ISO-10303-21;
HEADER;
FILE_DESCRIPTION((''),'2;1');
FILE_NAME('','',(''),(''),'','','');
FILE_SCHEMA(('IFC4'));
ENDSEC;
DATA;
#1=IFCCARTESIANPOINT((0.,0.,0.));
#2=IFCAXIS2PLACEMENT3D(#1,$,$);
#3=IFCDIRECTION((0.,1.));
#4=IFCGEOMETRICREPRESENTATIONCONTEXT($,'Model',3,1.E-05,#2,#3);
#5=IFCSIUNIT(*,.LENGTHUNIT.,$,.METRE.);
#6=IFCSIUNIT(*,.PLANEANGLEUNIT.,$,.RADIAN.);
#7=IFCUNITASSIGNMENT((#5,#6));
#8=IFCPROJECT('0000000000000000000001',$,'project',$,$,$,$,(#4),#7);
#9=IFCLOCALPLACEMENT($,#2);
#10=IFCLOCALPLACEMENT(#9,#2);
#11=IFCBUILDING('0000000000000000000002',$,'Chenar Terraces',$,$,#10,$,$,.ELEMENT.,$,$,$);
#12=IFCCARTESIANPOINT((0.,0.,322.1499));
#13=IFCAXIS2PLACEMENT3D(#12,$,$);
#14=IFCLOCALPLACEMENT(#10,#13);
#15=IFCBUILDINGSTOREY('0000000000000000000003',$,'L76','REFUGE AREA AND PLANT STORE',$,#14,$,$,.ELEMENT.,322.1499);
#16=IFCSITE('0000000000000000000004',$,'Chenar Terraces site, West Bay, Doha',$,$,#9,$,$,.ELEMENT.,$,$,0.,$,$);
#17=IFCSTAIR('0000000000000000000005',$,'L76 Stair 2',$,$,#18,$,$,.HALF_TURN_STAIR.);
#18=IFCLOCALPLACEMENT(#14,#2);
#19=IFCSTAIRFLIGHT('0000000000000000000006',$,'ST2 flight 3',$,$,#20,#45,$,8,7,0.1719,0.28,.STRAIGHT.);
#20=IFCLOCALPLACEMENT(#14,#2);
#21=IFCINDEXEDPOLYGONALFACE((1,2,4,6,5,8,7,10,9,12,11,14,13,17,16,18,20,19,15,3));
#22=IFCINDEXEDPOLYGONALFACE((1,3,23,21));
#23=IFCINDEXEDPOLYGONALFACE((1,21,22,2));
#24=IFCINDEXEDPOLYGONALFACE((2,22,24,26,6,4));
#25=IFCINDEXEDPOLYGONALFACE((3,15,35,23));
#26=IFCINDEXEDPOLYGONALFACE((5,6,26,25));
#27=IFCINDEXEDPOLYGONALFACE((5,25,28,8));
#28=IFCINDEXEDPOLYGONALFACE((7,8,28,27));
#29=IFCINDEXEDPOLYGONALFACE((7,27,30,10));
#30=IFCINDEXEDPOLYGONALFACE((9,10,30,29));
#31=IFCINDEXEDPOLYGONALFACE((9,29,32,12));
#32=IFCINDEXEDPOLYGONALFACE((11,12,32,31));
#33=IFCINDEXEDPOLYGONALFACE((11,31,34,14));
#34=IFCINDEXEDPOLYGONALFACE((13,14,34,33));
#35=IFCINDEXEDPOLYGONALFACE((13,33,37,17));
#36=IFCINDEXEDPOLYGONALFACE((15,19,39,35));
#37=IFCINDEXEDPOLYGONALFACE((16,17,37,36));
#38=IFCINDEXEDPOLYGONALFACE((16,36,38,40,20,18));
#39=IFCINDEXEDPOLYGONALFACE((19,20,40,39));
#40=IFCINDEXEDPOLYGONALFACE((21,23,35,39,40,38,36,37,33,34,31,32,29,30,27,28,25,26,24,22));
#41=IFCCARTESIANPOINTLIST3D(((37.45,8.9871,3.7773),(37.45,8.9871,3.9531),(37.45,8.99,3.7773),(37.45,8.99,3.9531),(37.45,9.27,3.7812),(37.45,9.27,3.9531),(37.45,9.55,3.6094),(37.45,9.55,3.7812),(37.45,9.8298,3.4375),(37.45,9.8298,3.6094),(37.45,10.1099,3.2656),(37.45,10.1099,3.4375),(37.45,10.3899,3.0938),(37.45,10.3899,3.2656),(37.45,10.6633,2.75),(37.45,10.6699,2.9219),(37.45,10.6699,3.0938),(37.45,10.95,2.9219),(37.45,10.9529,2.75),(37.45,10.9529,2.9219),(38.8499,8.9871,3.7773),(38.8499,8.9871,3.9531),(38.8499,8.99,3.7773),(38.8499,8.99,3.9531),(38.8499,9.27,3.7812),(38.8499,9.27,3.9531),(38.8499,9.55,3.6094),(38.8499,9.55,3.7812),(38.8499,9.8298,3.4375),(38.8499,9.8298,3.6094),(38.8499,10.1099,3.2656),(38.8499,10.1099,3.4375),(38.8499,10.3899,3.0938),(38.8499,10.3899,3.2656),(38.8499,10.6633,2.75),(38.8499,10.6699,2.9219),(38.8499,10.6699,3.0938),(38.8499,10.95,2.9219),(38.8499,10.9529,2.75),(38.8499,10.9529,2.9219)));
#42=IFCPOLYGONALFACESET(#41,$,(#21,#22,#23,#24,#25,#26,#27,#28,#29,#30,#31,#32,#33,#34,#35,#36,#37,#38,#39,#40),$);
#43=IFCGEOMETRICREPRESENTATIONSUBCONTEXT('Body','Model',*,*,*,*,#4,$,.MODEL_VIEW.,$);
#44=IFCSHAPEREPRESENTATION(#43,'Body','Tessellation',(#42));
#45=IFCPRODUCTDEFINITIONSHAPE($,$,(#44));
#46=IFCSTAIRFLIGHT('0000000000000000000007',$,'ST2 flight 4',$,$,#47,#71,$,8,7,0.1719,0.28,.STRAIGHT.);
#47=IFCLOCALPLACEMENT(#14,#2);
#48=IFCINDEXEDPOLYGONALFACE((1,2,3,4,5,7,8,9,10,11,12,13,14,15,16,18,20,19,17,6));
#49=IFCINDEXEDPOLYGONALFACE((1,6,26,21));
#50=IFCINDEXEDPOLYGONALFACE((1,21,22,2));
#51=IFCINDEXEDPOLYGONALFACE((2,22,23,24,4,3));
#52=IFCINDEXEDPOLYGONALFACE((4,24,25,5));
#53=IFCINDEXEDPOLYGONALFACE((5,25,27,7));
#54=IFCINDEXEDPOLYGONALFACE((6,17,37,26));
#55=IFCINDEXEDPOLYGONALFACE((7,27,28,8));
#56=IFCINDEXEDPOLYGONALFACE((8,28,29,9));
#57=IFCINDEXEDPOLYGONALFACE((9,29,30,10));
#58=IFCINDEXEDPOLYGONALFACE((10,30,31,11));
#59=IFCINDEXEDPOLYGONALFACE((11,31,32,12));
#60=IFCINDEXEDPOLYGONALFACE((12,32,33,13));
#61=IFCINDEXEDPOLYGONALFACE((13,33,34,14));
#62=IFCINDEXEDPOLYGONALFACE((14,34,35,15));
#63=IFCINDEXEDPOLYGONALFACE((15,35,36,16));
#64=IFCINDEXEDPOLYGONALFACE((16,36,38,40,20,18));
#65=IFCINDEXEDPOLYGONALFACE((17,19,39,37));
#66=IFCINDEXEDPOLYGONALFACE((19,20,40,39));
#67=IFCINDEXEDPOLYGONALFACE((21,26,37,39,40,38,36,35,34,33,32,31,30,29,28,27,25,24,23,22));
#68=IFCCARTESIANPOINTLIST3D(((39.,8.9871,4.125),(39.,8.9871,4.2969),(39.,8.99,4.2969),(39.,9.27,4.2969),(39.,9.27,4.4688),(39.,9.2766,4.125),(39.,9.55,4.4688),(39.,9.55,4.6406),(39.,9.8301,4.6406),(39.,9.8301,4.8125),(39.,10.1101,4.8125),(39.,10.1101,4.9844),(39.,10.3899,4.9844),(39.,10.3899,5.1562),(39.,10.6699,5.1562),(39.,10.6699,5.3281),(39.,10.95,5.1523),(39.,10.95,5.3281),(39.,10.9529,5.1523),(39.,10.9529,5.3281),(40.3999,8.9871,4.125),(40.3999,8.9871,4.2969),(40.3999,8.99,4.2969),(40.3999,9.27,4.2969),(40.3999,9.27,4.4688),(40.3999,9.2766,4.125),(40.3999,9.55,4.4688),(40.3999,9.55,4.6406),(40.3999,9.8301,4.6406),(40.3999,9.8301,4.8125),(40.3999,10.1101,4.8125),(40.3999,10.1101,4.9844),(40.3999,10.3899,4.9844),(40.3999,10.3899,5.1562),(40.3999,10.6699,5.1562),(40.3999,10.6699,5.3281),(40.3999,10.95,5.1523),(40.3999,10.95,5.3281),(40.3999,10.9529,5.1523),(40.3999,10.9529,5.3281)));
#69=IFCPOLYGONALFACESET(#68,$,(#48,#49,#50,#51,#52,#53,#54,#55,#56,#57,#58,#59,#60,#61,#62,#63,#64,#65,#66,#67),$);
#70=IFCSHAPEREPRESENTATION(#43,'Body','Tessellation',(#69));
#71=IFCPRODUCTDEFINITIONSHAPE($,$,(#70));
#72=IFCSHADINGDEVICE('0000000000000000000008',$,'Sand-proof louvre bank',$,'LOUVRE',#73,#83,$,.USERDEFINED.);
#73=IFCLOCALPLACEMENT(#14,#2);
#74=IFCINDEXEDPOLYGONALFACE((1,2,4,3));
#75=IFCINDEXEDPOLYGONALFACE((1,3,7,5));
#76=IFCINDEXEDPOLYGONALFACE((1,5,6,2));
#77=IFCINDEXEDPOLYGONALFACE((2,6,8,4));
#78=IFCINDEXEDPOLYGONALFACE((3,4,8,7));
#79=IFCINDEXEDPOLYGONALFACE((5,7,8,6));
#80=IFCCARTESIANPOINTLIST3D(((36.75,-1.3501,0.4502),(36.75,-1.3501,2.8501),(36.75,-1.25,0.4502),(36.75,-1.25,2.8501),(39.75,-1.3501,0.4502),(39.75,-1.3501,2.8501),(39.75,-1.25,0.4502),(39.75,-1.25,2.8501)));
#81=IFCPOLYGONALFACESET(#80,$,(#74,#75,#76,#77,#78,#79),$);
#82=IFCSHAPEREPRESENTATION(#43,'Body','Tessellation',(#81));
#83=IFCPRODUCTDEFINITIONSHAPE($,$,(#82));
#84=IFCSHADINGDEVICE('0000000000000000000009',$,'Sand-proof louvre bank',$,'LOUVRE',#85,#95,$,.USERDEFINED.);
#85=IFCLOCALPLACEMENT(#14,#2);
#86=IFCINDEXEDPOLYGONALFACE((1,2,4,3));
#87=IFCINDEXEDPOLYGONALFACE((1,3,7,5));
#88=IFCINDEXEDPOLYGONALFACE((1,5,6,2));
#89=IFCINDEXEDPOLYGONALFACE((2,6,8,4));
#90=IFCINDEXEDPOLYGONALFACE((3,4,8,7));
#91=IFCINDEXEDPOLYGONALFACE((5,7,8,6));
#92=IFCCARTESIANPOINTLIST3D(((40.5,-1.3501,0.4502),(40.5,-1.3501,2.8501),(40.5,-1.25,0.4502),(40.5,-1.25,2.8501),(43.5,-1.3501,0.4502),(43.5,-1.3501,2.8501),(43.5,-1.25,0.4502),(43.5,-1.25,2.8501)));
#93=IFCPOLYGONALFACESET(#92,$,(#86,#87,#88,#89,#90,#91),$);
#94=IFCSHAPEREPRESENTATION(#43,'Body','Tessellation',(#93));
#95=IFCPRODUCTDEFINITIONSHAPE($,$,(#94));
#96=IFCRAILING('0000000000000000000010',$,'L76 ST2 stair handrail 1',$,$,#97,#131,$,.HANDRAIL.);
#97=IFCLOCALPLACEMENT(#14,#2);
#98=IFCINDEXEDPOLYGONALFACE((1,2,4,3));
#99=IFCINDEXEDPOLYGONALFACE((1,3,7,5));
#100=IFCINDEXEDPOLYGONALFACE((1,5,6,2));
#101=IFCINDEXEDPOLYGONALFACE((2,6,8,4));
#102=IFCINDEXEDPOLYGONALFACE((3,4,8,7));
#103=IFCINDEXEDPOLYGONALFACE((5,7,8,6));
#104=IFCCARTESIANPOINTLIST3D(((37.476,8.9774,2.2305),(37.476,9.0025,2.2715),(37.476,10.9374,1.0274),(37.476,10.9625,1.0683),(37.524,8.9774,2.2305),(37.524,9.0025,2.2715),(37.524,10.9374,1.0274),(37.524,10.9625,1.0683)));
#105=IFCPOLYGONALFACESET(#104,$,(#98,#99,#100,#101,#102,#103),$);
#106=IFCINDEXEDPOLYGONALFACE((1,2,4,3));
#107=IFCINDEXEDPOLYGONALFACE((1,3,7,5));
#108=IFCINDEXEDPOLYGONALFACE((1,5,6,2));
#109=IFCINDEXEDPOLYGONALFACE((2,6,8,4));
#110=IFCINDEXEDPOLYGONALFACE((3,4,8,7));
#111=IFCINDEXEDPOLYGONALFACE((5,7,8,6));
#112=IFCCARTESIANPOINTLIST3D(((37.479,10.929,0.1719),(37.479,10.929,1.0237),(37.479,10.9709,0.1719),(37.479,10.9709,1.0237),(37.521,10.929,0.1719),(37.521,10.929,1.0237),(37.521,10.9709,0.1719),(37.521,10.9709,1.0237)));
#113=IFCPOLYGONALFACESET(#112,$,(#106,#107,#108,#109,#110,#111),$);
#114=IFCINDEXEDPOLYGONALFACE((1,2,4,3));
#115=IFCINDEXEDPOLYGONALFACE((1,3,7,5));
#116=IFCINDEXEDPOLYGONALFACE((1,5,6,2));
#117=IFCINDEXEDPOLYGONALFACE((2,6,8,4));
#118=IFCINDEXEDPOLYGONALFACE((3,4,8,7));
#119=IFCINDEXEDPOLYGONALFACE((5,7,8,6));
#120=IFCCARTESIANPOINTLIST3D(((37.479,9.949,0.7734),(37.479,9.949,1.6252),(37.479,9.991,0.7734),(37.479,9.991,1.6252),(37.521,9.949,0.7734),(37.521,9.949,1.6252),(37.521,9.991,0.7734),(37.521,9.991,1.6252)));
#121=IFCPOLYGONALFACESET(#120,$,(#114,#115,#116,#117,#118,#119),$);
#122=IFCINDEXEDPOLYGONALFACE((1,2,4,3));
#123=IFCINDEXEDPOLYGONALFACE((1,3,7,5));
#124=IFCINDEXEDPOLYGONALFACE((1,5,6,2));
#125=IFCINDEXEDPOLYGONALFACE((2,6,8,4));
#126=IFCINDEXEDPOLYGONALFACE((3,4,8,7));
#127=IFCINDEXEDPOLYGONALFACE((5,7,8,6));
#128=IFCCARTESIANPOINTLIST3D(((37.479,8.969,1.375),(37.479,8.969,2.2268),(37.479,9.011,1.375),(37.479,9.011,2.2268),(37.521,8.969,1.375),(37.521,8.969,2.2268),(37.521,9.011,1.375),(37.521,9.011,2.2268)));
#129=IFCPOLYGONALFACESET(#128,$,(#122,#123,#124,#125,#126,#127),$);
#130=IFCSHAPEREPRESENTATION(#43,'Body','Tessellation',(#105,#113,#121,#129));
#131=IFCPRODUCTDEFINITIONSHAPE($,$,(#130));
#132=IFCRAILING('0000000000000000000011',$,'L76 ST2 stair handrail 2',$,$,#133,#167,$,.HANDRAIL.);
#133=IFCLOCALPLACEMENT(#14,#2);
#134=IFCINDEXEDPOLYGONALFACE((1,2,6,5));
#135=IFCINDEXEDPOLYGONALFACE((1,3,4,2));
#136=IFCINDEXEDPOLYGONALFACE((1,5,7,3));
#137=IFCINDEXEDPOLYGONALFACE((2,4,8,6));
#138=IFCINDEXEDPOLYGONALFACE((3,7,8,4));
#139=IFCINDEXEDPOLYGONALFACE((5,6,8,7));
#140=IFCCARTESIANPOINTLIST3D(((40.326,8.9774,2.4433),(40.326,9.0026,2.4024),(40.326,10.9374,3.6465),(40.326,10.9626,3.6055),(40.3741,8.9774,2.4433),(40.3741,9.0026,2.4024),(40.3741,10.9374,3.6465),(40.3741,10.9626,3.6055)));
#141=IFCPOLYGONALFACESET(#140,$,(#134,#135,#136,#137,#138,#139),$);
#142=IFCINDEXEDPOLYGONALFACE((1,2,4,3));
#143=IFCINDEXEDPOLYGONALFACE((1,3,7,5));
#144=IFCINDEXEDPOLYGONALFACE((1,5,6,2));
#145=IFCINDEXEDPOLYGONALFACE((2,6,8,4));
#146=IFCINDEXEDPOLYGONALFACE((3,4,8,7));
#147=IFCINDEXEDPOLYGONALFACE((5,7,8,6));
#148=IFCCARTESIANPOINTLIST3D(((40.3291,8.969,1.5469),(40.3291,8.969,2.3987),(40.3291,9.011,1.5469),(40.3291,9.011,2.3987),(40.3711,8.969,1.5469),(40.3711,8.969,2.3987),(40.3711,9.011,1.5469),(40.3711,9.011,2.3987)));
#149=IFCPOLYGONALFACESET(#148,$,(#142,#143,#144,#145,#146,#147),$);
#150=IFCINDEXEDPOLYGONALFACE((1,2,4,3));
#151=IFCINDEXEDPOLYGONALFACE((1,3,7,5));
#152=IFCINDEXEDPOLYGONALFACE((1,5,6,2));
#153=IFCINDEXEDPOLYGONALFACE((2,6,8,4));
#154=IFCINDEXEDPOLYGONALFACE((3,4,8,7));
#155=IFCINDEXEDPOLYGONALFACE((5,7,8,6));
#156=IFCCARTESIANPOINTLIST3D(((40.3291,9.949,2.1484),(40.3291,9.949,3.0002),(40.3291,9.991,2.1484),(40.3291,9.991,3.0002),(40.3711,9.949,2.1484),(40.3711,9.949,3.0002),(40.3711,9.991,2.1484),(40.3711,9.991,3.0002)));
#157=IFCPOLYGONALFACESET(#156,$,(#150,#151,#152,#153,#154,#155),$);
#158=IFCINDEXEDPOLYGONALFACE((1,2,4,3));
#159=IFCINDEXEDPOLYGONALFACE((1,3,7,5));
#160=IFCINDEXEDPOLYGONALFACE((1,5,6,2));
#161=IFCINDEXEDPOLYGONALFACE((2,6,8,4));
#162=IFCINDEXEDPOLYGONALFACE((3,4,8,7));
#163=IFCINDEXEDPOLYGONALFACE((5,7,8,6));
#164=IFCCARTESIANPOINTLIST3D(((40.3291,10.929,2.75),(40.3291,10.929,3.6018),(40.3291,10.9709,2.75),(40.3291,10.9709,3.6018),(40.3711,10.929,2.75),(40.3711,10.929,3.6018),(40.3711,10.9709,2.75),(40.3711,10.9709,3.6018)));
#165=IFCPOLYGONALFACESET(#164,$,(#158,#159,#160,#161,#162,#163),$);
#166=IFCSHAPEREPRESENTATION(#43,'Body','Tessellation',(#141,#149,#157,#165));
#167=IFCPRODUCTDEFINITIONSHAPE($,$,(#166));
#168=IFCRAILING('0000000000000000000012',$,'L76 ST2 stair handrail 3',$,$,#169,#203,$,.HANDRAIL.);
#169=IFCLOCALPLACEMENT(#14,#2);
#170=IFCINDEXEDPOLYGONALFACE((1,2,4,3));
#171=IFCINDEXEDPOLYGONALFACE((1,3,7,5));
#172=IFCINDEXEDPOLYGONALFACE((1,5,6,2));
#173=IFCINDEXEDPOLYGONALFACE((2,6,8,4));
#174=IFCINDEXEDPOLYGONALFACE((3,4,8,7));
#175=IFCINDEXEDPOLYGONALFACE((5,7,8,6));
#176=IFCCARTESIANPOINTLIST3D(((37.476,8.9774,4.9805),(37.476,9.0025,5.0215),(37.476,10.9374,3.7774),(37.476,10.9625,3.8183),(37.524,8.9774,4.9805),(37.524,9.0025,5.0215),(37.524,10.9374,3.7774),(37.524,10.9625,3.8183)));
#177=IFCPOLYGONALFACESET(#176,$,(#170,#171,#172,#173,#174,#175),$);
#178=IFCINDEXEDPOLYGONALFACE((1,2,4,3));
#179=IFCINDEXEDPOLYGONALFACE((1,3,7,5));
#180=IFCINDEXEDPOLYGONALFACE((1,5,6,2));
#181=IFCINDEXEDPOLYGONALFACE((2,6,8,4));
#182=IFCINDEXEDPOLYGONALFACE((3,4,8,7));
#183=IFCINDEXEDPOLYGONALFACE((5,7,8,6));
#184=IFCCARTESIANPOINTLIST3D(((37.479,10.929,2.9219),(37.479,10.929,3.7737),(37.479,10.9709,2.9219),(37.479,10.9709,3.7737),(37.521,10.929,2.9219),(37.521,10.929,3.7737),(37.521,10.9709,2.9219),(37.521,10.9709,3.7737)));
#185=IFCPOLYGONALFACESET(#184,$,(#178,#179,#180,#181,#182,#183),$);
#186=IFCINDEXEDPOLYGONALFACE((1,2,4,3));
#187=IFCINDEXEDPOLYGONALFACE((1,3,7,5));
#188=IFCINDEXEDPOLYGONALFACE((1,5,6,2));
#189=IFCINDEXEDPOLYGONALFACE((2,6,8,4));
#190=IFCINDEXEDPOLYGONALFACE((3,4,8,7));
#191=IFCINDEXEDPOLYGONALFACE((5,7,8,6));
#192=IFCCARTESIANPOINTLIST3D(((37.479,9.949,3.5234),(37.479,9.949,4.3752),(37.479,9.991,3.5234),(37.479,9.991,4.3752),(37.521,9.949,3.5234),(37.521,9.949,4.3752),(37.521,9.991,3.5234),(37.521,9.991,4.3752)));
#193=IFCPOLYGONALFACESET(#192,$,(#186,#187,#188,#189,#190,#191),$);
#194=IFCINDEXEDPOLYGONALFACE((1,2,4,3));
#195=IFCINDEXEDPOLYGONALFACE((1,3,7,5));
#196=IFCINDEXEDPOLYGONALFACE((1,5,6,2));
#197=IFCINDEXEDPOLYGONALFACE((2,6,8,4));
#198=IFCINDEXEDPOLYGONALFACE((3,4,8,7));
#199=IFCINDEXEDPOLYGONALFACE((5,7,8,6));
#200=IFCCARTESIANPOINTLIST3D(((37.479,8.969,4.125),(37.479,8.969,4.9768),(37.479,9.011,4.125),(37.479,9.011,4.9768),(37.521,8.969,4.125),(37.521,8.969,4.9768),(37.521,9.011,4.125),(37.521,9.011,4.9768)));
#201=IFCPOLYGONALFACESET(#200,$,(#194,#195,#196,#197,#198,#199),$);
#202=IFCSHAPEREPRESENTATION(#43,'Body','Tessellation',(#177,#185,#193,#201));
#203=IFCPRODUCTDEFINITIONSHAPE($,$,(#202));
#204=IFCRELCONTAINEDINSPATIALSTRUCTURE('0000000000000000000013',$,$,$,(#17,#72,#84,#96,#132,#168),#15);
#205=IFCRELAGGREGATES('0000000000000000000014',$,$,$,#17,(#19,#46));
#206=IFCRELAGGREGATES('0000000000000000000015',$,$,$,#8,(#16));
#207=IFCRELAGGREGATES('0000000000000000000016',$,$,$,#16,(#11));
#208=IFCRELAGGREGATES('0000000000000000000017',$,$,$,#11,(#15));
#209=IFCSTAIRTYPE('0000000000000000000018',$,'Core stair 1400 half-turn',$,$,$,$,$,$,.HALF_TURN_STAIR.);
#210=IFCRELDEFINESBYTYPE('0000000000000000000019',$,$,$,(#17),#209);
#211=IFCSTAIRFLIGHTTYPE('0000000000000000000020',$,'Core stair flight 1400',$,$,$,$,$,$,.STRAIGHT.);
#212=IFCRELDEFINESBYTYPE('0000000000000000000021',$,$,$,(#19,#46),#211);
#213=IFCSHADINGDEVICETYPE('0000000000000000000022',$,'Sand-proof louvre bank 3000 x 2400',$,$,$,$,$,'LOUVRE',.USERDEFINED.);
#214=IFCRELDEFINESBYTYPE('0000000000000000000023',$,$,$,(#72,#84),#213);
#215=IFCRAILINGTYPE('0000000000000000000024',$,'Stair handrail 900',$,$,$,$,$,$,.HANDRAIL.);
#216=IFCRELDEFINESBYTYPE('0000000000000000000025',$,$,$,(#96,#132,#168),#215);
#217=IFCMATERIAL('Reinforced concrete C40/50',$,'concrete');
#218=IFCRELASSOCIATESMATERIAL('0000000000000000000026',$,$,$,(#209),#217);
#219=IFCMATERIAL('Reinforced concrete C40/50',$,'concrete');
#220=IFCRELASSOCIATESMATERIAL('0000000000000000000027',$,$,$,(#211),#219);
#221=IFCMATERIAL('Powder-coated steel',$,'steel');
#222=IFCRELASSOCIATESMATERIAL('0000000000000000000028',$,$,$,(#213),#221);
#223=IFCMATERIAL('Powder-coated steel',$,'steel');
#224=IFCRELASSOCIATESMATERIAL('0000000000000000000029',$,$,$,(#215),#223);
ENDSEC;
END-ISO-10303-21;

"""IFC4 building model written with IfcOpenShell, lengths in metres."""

from ifc_helpers import new_model, si_unit, direction, frame, origin, origin_2d, place, context, subcontext, project, spatial, polyline, rectangle, outline, extrude, material, type_object, element, aggregate, save


model = new_model("IFC4")

# Units and contexts
model_context = context("Model", 3, precision=1e-05, world=origin(), true_north=direction((0.0, 1.0)))
body_context = subcontext(model_context, "Body", "Model", "MODEL_VIEW")
ifc_project = project(units=[si_unit("LENGTHUNIT", "METRE"), si_unit("PLANEANGLEUNIT", "RADIAN")], contexts=[model_context])

# Site, building, storey
site_placement = place(None, origin())
site = spatial("IfcSite", under=ifc_project, at=site_placement, Name="Chenar Terraces site, West Bay, Doha", CompositionType="ELEMENT", RefElevation=0.0)
building_placement = place(site_placement, origin())
building = spatial("IfcBuilding", under=site, at=building_placement, Name="Chenar Terraces", CompositionType="ELEMENT")
storey_placement = place(building_placement, frame((0.0, 0.0, 322.1499)))
storey = spatial("IfcBuildingStorey", under=building, at=storey_placement, Name="L76", Description="REFUGE AREA AND PLANT STORE", CompositionType="ELEMENT", Elevation=322.1499)

# Stair, stair flights
ifc_material_1 = material(Name="Reinforced concrete C40/50", Category="concrete")
stair_type = type_object("IfcStairType", Name="Core stair 1400 half-turn", PredefinedType="HALF_TURN_STAIR", material=ifc_material_1)
stair_placement = place(storey_placement, origin())
stair = element("IfcStair", 1, at=stair_placement, inside=storey, type_object=stair_type, Name="L76 Stair 2", PredefinedType="HALF_TURN_STAIR")
ifc_material_2 = material(Name="Reinforced concrete C40/50", Category="concrete")
stair_flight_type = type_object("IfcStairFlightType", Name="Core stair flight 1400", PredefinedType="STRAIGHT", material=ifc_material_2)
stair_flight_1_placement = place(storey_placement, frame((38.1499, 10.95, 2.75), z_axis=(0.0, 0.0, 1.0), x_axis=(0.0, -1.0, 0.0)))
stair_flight_1 = element("IfcStairFlight", 2, at=stair_flight_1_placement, type_object=stair_flight_type, Name="ST2 flight 3", NumberOfRisers=8, NumberOfTreads=7, PredefinedType="STRAIGHT", RiserHeight=0.1719, TreadLength=0.28, context=body_context, shape_type="SweptSolid", body=[
    extrude(outline(polyline([(-0.0029, 0.0), (-0.0029, 0.1719), (0.0, 0.1719), (0.28, 0.1719), (0.28, 0.3438), (0.5601, 0.3438), (0.5601, 0.5156), (0.8401, 0.5156), (0.8401, 0.6875), (1.1201, 0.6875), (1.1201, 0.8594), (1.3999, 0.8594), (1.3999, 1.0312), (1.6799, 1.0312), (1.6799, 1.2031), (1.96, 1.2031), (1.9629, 1.2031), (1.9629, 1.0273), (1.96, 1.0273), (0.2866, 0.0), (-0.0029, 0.0)])), frame((0.0, 0.7, 0.0), z_axis=(0.0, -1.0, 0.0), x_axis=(1.0, 0.0, 0.0)), (0.0, 0.0, 1.0), 1.3999),
])
stair_flight_2_placement = place(storey_placement, frame((39.7, 8.99, 4.125), z_axis=(0.0, 0.0, 1.0), x_axis=(0.0, 1.0, 0.0)))
stair_flight_2 = element("IfcStairFlight", 3, at=stair_flight_2_placement, type_object=stair_flight_type, Name="ST2 flight 4", NumberOfRisers=8, NumberOfTreads=7, PredefinedType="STRAIGHT", RiserHeight=0.1719, TreadLength=0.28, context=body_context, shape_type="SweptSolid", body=[
    extrude(outline(polyline([(-0.0029, 0.0), (-0.0029, 0.1719), (0.0, 0.1719), (0.28, 0.1719), (0.28, 0.3438), (0.5601, 0.3438), (0.5601, 0.5156), (0.8401, 0.5156), (0.8401, 0.6875), (1.1201, 0.6875), (1.1201, 0.8594), (1.3999, 0.8594), (1.3999, 1.0312), (1.6799, 1.0312), (1.6799, 1.2031), (1.96, 1.2031), (1.9629, 1.2031), (1.9629, 1.0273), (1.96, 1.0273), (0.2866, 0.0), (-0.0029, 0.0)])), frame((0.0, 0.7, 0.0), z_axis=(0.0, -1.0, 0.0), x_axis=(1.0, 0.0, 0.0)), (0.0, 0.0, 1.0), 1.3999),
])
aggregate(stair, [stair_flight_1, stair_flight_2])

# Shading devices
ifc_material_3 = material(Name="Powder-coated steel", Category="steel")
shading_device_type = type_object("IfcShadingDeviceType", Name="Sand-proof louvre bank 3000 x 2400", ElementType="LOUVRE", PredefinedType="USERDEFINED", material=ifc_material_3)
for number, where, z_axis, x_axis, name in (
    (4, (38.25, -1.3, 0.4502), (0.0, 0.0, 1.0), (1.0, 0.0, 0.0), "Sand-proof louvre bank"),
    (5, (42.0, -1.3, 0.4502), (0.0, 0.0, 1.0), (1.0, 0.0, 0.0), "Sand-proof louvre bank"),
):
    element("IfcShadingDevice", number, at=place(storey_placement, frame(where, z_axis=z_axis, x_axis=x_axis)), inside=storey, type_object=shading_device_type, Name=name, ObjectType="LOUVRE", PredefinedType="USERDEFINED", context=body_context, shape_type="SweptSolid", body=[
        extrude(rectangle(XDim=3.0, YDim=0.1001, at=origin_2d()), origin(), (0.0, 0.0, 1.0), 2.3999),
    ])

# Railings
ifc_material_4 = material(Name="Powder-coated steel", Category="steel")
railing_type_1 = type_object("IfcRailingType", Name="Stair handrail 900", PredefinedType="HANDRAIL", material=ifc_material_4)
railing_1_placement = place(storey_placement, frame((37.5, 10.95, 0.1719)))
element("IfcRailing", 6, at=railing_1_placement, inside=storey, type_object=railing_type_1, Name="L76 ST2 stair handrail 1", PredefinedType="HANDRAIL", context=body_context, shape_type="SweptSolid", body=[
    extrude(rectangle(XDim=0.0481, YDim=0.0481, at=origin_2d()), frame((0.0, 0.0, 0.876), z_axis=(0.0, -0.852241, 0.523149), x_axis=(1.0, 0.0, 0.0)), (0.0, 0.0, 1.0), 2.2998),
    extrude(rectangle(XDim=0.042, YDim=0.042, at=origin_2d()), origin(), (0.0, 0.0, 1.0), 0.8518),
    extrude(rectangle(XDim=0.042, YDim=0.042, at=origin_2d()), frame((0.0, -0.98, 0.6016)), (0.0, 0.0, 1.0), 0.8518),
    extrude(rectangle(XDim=0.042, YDim=0.042, at=origin_2d()), frame((0.0, -1.96, 1.2031)), (0.0, 0.0, 1.0), 0.8518),
])
railing_2_placement = place(storey_placement, frame((40.3501, 8.99, 1.5469)))
element("IfcRailing", 7, at=railing_2_placement, inside=storey, type_object=railing_type_1, Name="L76 ST2 stair handrail 2", PredefinedType="HANDRAIL", context=body_context, shape_type="SweptSolid", body=[
    extrude(rectangle(XDim=0.0481, YDim=0.0481, at=origin_2d()), frame((0.0, 0.0, 0.876), z_axis=(0.0, 0.852241, 0.523149), x_axis=(-1.0, 0.0, 0.0)), (0.0, 0.0, 1.0), 2.2998),
    extrude(rectangle(XDim=0.042, YDim=0.042, at=origin_2d()), origin(), (0.0, 0.0, 1.0), 0.8518),
    extrude(rectangle(XDim=0.042, YDim=0.042, at=origin_2d()), frame((0.0, 0.98, 0.6016)), (0.0, 0.0, 1.0), 0.8518),
    extrude(rectangle(XDim=0.042, YDim=0.042, at=origin_2d()), frame((0.0, 1.96, 1.2031)), (0.0, 0.0, 1.0), 0.8518),
])
railing_3_placement = place(storey_placement, frame((37.5, 10.95, 2.9219)))
element("IfcRailing", 8, at=railing_3_placement, inside=storey, type_object=railing_type_1, Name="L76 ST2 stair handrail 3", PredefinedType="HANDRAIL", context=body_context, shape_type="SweptSolid", body=[
    extrude(rectangle(XDim=0.0481, YDim=0.0481, at=origin_2d()), frame((0.0, 0.0, 0.876), z_axis=(0.0, -0.852241, 0.523149), x_axis=(1.0, 0.0, 0.0)), (0.0, 0.0, 1.0), 2.2998),
    extrude(rectangle(XDim=0.042, YDim=0.042, at=origin_2d()), origin(), (0.0, 0.0, 1.0), 0.8518),
    extrude(rectangle(XDim=0.042, YDim=0.042, at=origin_2d()), frame((0.0, -0.98, 0.6016)), (0.0, 0.0, 1.0), 0.8518),
    extrude(rectangle(XDim=0.042, YDim=0.042, at=origin_2d()), frame((0.0, -1.96, 1.2031)), (0.0, 0.0, 1.0), 0.8518),
])

save(model, "model.ifc")
